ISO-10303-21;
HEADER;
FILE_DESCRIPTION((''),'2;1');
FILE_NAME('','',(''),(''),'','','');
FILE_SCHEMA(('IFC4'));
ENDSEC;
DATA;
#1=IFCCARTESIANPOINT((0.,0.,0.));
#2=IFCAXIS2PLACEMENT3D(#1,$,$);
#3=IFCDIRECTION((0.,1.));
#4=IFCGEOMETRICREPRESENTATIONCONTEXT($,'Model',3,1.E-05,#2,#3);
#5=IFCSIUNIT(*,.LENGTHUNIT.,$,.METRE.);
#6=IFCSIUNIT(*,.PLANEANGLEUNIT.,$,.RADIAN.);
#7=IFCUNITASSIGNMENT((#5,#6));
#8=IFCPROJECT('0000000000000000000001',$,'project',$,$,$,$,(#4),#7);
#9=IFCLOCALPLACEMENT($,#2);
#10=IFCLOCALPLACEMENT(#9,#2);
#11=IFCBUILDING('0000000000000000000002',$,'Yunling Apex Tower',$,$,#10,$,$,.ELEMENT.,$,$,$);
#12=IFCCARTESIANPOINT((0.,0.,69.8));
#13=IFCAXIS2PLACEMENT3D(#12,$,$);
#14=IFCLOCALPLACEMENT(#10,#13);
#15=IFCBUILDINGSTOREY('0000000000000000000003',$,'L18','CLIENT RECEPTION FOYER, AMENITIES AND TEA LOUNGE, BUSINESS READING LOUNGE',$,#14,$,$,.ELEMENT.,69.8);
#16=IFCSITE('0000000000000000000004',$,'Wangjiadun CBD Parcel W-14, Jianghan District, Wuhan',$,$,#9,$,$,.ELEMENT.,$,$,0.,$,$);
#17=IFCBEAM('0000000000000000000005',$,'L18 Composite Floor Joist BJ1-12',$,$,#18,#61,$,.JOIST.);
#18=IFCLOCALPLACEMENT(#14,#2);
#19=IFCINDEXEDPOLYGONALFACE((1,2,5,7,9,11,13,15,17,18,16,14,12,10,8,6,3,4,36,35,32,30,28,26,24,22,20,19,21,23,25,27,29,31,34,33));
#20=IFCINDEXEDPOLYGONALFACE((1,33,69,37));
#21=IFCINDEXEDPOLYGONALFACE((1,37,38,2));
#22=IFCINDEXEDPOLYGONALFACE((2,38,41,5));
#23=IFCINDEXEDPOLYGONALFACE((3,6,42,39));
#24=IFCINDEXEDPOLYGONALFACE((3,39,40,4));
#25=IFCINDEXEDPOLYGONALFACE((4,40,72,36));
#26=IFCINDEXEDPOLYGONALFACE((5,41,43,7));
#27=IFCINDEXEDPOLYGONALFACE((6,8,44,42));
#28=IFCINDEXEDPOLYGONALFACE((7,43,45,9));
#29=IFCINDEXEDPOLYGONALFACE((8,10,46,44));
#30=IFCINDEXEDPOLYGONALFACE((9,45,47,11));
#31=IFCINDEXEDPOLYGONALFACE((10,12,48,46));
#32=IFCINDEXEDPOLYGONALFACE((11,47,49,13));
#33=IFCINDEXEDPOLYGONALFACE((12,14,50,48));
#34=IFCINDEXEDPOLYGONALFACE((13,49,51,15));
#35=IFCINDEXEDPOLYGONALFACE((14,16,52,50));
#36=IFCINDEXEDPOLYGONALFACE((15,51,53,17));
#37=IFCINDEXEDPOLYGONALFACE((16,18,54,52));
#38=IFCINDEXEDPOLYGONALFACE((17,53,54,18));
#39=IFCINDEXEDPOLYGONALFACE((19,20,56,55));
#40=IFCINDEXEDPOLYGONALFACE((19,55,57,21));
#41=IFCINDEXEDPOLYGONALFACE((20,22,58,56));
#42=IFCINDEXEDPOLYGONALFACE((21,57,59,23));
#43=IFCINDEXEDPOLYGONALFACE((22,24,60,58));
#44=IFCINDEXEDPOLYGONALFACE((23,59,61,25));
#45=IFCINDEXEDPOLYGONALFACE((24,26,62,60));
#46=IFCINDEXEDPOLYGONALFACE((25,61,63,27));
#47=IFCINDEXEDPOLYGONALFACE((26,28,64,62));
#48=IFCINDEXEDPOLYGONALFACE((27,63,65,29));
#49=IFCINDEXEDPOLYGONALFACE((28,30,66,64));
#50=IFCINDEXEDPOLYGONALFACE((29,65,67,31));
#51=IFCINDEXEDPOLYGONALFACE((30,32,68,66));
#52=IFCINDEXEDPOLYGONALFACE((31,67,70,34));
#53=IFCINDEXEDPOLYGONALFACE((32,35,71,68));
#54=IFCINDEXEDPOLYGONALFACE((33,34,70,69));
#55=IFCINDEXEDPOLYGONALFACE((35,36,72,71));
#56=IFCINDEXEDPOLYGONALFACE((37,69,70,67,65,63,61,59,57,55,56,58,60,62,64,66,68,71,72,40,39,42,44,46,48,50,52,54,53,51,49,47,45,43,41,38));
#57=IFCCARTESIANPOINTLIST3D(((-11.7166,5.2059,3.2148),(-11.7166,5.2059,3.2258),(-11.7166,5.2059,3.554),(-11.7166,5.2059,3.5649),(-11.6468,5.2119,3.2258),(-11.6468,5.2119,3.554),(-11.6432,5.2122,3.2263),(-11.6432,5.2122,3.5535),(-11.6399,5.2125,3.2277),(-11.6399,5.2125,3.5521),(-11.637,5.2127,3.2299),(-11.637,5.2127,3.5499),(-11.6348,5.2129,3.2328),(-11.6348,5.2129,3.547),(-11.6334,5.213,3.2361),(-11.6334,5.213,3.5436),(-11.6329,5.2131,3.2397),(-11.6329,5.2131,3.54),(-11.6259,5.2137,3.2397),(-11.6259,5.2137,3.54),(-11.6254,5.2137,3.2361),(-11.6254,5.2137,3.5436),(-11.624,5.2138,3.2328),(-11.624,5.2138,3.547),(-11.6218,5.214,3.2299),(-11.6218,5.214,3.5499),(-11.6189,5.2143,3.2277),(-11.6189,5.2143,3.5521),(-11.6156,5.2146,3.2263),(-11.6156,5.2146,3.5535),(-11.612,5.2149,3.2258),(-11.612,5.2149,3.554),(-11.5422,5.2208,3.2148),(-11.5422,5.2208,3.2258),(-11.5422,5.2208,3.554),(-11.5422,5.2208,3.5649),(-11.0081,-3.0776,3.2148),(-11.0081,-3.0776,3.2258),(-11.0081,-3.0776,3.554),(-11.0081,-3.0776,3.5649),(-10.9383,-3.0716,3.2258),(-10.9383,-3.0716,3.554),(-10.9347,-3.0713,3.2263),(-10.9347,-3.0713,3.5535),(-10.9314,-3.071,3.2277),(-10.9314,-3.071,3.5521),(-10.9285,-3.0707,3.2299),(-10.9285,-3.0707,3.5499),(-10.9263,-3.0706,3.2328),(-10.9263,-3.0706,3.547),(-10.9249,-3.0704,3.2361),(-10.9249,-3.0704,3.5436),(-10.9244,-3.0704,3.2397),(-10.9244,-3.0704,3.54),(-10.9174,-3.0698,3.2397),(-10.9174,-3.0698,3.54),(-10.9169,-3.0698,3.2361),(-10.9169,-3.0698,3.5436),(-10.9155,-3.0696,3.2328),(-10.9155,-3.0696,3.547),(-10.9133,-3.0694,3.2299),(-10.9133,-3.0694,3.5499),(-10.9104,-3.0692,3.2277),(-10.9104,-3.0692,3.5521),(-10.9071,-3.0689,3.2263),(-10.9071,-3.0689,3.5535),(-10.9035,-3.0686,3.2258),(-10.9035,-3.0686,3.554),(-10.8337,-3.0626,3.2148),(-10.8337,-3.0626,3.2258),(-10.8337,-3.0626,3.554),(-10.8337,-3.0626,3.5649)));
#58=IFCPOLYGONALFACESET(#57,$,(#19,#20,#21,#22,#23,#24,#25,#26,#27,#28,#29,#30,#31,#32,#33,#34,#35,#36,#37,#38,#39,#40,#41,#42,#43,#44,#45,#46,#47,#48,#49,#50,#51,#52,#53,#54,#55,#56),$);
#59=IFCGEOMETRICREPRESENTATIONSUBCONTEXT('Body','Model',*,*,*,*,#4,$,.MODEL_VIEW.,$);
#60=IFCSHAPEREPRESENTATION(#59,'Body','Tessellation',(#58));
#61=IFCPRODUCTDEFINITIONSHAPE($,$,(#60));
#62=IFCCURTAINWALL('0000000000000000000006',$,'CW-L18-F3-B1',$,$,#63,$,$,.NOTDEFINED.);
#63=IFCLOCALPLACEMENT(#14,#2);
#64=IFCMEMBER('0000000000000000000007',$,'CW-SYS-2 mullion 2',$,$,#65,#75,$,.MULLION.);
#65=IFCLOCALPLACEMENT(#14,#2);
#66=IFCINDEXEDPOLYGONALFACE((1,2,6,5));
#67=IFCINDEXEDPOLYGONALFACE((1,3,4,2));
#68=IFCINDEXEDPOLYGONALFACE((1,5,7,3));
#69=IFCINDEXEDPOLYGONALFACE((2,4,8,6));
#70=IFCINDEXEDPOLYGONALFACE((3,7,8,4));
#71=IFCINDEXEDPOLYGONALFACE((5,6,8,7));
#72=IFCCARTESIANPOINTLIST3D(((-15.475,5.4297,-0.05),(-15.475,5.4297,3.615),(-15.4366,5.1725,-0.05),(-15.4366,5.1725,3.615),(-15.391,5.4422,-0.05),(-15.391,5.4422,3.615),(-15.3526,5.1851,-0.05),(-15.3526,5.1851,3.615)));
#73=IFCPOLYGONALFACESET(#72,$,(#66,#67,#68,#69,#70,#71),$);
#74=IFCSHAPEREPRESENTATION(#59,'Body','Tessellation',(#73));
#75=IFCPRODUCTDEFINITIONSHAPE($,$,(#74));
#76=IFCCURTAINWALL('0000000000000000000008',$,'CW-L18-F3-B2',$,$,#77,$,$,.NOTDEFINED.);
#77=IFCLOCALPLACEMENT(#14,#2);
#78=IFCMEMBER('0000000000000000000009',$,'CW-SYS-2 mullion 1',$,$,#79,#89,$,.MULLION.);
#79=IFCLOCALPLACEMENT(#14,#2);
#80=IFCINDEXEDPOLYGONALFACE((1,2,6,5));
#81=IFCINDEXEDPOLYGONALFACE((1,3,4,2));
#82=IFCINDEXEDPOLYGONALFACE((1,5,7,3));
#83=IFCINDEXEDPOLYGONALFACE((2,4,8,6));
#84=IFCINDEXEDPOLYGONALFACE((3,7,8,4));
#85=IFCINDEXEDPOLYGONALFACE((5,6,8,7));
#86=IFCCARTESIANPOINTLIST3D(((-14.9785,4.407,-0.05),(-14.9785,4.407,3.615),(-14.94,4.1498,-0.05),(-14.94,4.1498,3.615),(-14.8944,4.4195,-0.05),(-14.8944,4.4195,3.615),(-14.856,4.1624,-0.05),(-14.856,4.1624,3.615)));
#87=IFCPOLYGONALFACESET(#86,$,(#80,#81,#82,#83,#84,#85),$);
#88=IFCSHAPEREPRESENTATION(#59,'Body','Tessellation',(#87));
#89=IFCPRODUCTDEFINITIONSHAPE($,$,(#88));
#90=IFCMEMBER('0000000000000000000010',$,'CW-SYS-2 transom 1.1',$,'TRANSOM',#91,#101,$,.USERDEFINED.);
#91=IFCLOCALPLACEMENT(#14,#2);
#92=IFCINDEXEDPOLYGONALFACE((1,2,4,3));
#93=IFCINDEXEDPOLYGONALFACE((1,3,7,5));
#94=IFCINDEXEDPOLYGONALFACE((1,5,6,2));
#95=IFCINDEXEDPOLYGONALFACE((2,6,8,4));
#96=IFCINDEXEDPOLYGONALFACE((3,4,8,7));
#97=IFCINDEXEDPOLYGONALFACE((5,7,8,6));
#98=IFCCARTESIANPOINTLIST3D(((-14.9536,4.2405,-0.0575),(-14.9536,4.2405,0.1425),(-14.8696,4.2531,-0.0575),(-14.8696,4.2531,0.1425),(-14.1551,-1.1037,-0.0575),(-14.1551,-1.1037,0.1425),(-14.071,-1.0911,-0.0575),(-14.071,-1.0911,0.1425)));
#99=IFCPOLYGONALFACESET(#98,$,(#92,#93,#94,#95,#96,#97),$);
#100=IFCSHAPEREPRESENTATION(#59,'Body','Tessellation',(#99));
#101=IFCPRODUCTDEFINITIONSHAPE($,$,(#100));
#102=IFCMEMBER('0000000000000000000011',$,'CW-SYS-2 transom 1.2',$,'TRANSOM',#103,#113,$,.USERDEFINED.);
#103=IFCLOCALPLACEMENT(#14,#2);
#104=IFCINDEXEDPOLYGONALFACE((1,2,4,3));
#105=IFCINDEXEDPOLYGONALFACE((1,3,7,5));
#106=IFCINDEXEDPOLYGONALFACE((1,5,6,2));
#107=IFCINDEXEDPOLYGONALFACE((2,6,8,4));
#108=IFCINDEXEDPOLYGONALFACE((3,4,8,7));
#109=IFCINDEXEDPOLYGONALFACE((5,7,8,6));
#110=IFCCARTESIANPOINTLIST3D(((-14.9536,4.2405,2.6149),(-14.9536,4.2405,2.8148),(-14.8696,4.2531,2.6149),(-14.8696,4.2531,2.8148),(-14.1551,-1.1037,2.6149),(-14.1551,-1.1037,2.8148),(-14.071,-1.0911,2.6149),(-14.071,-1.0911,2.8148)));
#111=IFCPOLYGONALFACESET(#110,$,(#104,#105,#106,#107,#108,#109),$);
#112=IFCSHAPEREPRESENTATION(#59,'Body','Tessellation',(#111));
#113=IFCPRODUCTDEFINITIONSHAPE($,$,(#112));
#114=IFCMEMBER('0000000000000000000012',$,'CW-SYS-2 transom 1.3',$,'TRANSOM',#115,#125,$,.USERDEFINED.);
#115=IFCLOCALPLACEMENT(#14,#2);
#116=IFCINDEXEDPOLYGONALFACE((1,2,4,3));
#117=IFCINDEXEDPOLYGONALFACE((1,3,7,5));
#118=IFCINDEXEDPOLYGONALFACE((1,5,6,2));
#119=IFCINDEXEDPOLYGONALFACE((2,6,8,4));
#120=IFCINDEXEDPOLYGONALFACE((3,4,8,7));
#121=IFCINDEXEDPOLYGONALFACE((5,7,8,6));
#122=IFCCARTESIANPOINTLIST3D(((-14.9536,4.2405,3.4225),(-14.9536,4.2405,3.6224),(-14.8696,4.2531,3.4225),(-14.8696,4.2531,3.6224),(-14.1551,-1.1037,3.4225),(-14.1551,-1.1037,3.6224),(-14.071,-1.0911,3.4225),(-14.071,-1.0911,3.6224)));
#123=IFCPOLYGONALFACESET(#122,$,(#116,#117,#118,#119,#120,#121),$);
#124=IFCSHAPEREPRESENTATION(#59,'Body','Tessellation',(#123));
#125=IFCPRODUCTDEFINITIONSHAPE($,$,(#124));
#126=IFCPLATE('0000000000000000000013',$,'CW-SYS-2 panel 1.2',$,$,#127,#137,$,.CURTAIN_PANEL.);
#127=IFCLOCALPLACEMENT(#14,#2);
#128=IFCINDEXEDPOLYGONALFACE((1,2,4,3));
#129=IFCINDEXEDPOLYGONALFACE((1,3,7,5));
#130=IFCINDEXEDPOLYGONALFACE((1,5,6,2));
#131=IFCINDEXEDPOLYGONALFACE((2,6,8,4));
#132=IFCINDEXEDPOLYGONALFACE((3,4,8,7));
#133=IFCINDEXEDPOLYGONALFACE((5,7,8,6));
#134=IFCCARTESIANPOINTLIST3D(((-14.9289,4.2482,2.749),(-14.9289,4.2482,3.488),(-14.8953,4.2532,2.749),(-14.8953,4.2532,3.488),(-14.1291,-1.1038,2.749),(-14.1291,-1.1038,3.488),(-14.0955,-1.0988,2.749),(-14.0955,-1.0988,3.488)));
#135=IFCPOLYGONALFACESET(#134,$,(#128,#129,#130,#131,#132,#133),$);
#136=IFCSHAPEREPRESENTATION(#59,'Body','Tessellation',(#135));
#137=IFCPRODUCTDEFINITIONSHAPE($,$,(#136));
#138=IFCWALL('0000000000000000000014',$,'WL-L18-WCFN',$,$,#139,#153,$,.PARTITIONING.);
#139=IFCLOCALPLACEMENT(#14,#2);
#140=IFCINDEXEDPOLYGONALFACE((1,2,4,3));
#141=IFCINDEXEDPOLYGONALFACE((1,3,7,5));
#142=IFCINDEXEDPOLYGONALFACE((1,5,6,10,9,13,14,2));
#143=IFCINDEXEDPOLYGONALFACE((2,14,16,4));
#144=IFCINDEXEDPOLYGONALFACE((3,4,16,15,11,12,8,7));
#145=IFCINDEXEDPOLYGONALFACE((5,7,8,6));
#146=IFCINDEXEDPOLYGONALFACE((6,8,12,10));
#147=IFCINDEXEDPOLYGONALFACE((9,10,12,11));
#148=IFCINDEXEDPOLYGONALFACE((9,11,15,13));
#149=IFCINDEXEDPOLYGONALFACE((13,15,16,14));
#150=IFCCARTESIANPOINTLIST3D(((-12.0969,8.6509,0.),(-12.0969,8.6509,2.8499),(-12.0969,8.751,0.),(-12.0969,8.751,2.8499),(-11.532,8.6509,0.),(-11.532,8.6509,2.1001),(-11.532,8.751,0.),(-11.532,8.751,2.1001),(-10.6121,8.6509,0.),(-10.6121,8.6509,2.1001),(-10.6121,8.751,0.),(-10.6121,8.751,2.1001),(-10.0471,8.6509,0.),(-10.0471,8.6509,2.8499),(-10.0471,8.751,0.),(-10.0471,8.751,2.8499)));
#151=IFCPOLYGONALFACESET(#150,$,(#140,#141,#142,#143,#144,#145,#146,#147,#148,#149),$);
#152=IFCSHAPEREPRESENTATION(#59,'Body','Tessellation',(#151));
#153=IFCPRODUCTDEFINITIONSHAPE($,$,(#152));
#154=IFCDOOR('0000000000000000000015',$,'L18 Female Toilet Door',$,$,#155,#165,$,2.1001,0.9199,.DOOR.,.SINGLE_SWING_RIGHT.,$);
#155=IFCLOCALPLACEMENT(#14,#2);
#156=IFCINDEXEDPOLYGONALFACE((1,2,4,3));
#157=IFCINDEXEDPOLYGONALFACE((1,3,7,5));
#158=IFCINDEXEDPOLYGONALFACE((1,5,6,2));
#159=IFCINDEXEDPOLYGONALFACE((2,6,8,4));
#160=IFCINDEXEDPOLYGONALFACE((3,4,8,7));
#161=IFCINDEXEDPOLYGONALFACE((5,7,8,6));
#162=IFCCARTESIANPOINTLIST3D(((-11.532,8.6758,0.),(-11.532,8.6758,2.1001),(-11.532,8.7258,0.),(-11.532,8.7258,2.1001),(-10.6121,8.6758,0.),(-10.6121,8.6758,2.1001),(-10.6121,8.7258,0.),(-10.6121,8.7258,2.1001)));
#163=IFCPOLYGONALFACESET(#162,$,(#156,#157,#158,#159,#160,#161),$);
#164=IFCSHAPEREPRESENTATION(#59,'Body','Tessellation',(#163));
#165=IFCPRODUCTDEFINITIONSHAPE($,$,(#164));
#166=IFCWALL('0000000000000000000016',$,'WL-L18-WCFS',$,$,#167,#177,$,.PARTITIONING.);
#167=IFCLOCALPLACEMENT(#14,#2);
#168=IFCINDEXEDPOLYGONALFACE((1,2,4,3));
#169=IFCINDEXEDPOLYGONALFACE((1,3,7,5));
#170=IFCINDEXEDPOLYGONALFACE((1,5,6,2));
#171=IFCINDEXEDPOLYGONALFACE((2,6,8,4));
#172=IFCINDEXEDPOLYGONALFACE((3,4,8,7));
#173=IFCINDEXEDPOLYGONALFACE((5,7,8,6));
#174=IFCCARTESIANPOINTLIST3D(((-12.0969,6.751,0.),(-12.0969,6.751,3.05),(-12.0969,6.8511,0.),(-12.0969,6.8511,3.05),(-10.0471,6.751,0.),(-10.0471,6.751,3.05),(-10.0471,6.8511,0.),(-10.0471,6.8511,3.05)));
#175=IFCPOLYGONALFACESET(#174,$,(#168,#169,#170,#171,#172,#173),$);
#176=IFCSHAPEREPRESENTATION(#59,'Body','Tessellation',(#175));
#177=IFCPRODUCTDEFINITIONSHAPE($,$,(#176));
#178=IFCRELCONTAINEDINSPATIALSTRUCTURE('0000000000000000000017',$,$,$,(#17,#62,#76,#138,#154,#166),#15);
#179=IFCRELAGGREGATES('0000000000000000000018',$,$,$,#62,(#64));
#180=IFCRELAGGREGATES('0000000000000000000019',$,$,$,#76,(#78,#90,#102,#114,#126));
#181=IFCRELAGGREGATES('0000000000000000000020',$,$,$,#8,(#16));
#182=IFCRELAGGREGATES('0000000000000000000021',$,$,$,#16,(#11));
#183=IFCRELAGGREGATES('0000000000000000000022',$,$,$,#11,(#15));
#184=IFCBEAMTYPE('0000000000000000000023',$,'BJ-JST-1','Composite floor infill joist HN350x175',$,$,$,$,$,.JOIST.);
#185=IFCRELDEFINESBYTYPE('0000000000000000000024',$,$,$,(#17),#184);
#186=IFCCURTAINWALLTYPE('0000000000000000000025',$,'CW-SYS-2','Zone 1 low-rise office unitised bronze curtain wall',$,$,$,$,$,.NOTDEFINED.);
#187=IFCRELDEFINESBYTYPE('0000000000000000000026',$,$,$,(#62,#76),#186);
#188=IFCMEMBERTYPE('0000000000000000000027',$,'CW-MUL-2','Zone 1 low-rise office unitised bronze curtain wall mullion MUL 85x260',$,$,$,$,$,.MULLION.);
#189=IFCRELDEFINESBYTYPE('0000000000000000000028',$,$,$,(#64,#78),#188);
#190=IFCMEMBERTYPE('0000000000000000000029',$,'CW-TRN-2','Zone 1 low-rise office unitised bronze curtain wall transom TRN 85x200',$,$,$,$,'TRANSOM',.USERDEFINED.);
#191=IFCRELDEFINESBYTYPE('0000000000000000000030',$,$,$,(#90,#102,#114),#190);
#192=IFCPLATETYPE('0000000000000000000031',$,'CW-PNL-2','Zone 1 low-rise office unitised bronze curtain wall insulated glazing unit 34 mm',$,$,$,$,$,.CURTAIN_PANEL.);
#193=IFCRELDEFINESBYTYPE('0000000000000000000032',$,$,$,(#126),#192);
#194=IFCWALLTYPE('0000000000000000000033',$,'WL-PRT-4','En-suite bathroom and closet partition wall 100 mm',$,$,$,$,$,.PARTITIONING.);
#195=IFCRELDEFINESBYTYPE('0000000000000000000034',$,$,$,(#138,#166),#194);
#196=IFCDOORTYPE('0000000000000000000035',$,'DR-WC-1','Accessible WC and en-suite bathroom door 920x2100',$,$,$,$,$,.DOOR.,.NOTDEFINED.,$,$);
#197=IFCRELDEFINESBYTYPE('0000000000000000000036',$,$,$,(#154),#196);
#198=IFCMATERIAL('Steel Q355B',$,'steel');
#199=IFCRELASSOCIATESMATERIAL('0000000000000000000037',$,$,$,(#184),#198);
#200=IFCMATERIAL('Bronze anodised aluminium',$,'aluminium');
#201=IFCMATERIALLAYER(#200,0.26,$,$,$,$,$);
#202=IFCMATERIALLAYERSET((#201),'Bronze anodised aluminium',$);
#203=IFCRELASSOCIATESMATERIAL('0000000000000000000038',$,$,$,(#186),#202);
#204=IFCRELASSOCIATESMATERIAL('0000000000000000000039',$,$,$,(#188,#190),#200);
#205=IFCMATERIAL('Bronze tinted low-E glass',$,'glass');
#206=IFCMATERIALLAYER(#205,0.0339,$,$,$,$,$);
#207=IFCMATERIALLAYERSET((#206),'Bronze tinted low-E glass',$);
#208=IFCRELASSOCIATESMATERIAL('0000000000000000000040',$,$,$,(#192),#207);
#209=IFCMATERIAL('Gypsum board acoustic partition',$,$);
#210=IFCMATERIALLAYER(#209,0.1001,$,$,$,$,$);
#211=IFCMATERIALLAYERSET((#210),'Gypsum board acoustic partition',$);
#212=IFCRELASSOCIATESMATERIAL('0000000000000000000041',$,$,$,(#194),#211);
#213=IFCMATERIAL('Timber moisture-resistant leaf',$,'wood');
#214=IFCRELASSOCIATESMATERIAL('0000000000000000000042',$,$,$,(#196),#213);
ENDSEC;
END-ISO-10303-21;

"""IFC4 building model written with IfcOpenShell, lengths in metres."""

from ifc_helpers import new_model, si_unit, direction, frame, frame_2d, origin, origin_2d, place, context, subcontext, project, spatial, rectangle, i_section, extrude, source, transform, mapped, material, layer, layer_set, material_profile, profile_set, type_object, element, fill, aggregate, save


model = new_model("IFC4")

# Units and contexts
model_context = context("Model", 3, precision=1e-05, world=origin(), true_north=direction((0.0, 1.0)))
body_context = subcontext(model_context, "Body", "Model", "MODEL_VIEW")
ifc_project = project(units=[si_unit("LENGTHUNIT", "METRE"), si_unit("PLANEANGLEUNIT", "RADIAN")], contexts=[model_context])

# Site, building, storey
site_placement = place(None, origin())
site = spatial("IfcSite", under=ifc_project, at=site_placement, Name="Wangjiadun CBD Parcel W-14, Jianghan District, Wuhan", CompositionType="ELEMENT", RefElevation=0.0)
building_placement = place(site_placement, origin())
building = spatial("IfcBuilding", under=site, at=building_placement, Name="Yunling Apex Tower", CompositionType="ELEMENT")
storey_placement = place(building_placement, frame((0.0, 0.0, 69.8)))
storey = spatial("IfcBuildingStorey", under=building, at=storey_placement, Name="L18", Description="CLIENT RECEPTION FOYER, AMENITIES AND TEA LOUNGE, BUSINESS READING LOUNGE", CompositionType="ELEMENT", Elevation=69.8)

# Beam
ifc_material_1 = material(Name="Steel Q355B", Category="steel")
ifc_material_profile_1 = material_profile(ifc_material_1, i_section(OverallWidth=0.175, OverallDepth=0.3501, WebThickness=0.0071, FlangeThickness=0.011, FilletRadius=0.0139, at=origin_2d()))
ifc_profile_set_1 = profile_set([ifc_material_profile_1], Name="Steel Q355B")
beam_type_1 = type_object("IfcBeamType", Name="BJ-JST-1", Description="Composite floor infill joist HN350x175", PredefinedType="JOIST", material=ifc_profile_set_1)
shared_shape_1 = source(origin(), body_context, "Body", "SweptSolid", [
    extrude(i_section(OverallWidth=0.175, OverallDepth=0.3501, WebThickness=0.0071, FlangeThickness=0.011, FilletRadius=0.0139, at=origin_2d()), origin(), (0.0, 0.0, 1.0), 8.3137),
])
beam_1_placement = place(storey_placement, frame((-11.6294, 5.2134, 3.3899), z_axis=(0.08522, -0.996362, 0.0), x_axis=(0.996362, 0.08522, 0.0)))
element("IfcBeam", 1, at=beam_1_placement, inside=storey, type_object=beam_type_1, Name="L18 Composite Floor Joist BJ1-12", PredefinedType="JOIST", context=body_context, shape_type="MappedRepresentation", body=[
    mapped(shared_shape_1, transform((0.0, 0.0, 0.0), scale=1.0)),
])

# Curtain wall, member
ifc_material_2 = material(Name="Bronze anodised aluminium", Category="aluminium")
ifc_layer_1 = layer(ifc_material_2, 0.26)
ifc_layer_set_1 = layer_set([ifc_layer_1], Name="Bronze anodised aluminium")
curtain_wall_type = type_object("IfcCurtainWallType", Name="CW-SYS-2", Description="Zone 1 low-rise office unitised bronze curtain wall", PredefinedType="NOTDEFINED", material=ifc_layer_set_1)
curtain_wall_1_placement = place(storey_placement, origin())
curtain_wall_1 = element("IfcCurtainWall", 2, at=curtain_wall_1_placement, inside=storey, type_object=curtain_wall_type, Name="CW-L18-F3-B1", PredefinedType="NOTDEFINED")
ifc_material_profile_2 = material_profile(ifc_material_2, rectangle(XDim=0.085, YDim=0.26, at=origin_2d()))
ifc_profile_set_2 = profile_set([ifc_material_profile_2], Name="Bronze anodised aluminium")
member_type_1 = type_object("IfcMemberType", Name="CW-MUL-2", Description="Zone 1 low-rise office unitised bronze curtain wall mullion MUL 85x260", PredefinedType="MULLION", material=ifc_profile_set_2)
shared_shape_2 = source(origin(), body_context, "Body", "SweptSolid", [
    extrude(rectangle(XDim=0.085, YDim=0.26, at=origin_2d()), origin(), (0.0, 0.0, 1.0), 3.665),
])
member_1_placement = place(storey_placement, frame((-15.4138, 5.3074, -0.05), z_axis=(0.0, 0.0, 1.0), x_axis=(0.989017, 0.147799, 0.0)))
member_1 = element("IfcMember", 3, at=member_1_placement, type_object=member_type_1, Name="CW-SYS-2 mullion 2", PredefinedType="MULLION", context=body_context, shape_type="MappedRepresentation", body=[
    mapped(shared_shape_2, transform((0.0, 0.0, 0.0), scale=1.0)),
])
aggregate(curtain_wall_1, [member_1])

# Curtain wall, members, plate
curtain_wall_2_placement = place(storey_placement, origin())
curtain_wall_2 = element("IfcCurtainWall", 4, at=curtain_wall_2_placement, inside=storey, type_object=curtain_wall_type, Name="CW-L18-F3-B2", PredefinedType="NOTDEFINED")
member_2_placement = place(storey_placement, frame((-14.9172, 4.2847, -0.05), z_axis=(0.0, 0.0, 1.0), x_axis=(0.989017, 0.147801, 0.0)))
member_2 = element("IfcMember", 5, at=member_2_placement, type_object=member_type_1, Name="CW-SYS-2 mullion 1", PredefinedType="MULLION", context=body_context, shape_type="MappedRepresentation", body=[
    mapped(shared_shape_2, transform((0.0, 0.0, 0.0), scale=1.0)),
])
ifc_material_profile_3 = material_profile(ifc_material_2, rectangle(XDim=0.085, YDim=0.2, at=origin_2d()))
ifc_profile_set_3 = profile_set([ifc_material_profile_3], Name="Bronze anodised aluminium")
member_type_2 = type_object("IfcMemberType", Name="CW-TRN-2", Description="Zone 1 low-rise office unitised bronze curtain wall transom TRN 85x200", ElementType="TRANSOM", PredefinedType="USERDEFINED", material=ifc_profile_set_3)
shared_shape_3 = source(origin(), body_context, "Body", "SweptSolid", [
    extrude(rectangle(XDim=0.085, YDim=0.2, at=origin_2d()), origin(), (0.0, 0.0, 1.0), 5.4036),
])
member_3_placement = place(storey_placement, frame((-14.9116, 4.2468, 0.0425), z_axis=(0.147788, -0.989019, 0.0), x_axis=(0.989019, 0.147788, 0.0)))
member_3 = element("IfcMember", 6, at=member_3_placement, type_object=member_type_2, Name="CW-SYS-2 transom 1.1", ObjectType="TRANSOM", PredefinedType="USERDEFINED", context=body_context, shape_type="MappedRepresentation", body=[
    mapped(shared_shape_3, transform((0.0, 0.0, 0.0), scale=1.0)),
])
member_4_placement = place(storey_placement, frame((-14.9116, 4.2468, 2.7148), z_axis=(0.147788, -0.989019, 0.0), x_axis=(0.989019, 0.147788, 0.0)))
member_4 = element("IfcMember", 7, at=member_4_placement, type_object=member_type_2, Name="CW-SYS-2 transom 1.2", ObjectType="TRANSOM", PredefinedType="USERDEFINED", context=body_context, shape_type="MappedRepresentation", body=[
    mapped(shared_shape_3, transform((0.0, 0.0, 0.0), scale=1.0)),
])
member_5_placement = place(storey_placement, frame((-14.9116, 4.2468, 3.5225), z_axis=(0.147788, -0.989019, 0.0), x_axis=(0.989019, 0.147788, 0.0)))
member_5 = element("IfcMember", 8, at=member_5_placement, type_object=member_type_2, Name="CW-SYS-2 transom 1.3", ObjectType="TRANSOM", PredefinedType="USERDEFINED", context=body_context, shape_type="MappedRepresentation", body=[
    mapped(shared_shape_3, transform((0.0, 0.0, 0.0), scale=1.0)),
])
ifc_material_3 = material(Name="Bronze tinted low-E glass", Category="glass")
ifc_layer_2 = layer(ifc_material_3, 0.0339)
ifc_layer_set_2 = layer_set([ifc_layer_2], Name="Bronze tinted low-E glass")
plate_type = type_object("IfcPlateType", Name="CW-PNL-2", Description="Zone 1 low-rise office unitised bronze curtain wall insulated glazing unit 34 mm", PredefinedType="CURTAIN_PANEL", material=ifc_layer_set_2)
shared_shape_4 = source(origin(), body_context, "Body", "SweptSolid", [
    extrude(rectangle(XDim=5.4114, YDim=0.0339, at=origin_2d()), origin(), (0.0, 0.0, 1.0), 0.739),
])
plate_placement = place(storey_placement, frame((-14.5122, 1.5747, 2.749), z_axis=(0.0, 0.0, 1.0), x_axis=(0.147801, -0.989017, 0.0)))
plate = element("IfcPlate", 9, at=plate_placement, type_object=plate_type, Name="CW-SYS-2 panel 1.2", PredefinedType="CURTAIN_PANEL", context=body_context, shape_type="MappedRepresentation", body=[
    mapped(shared_shape_4, transform((0.0, 0.0, 0.0), scale=1.0)),
])
aggregate(curtain_wall_2, [member_2, member_3, member_4, member_5, plate])

# Wall, opening, door
ifc_material_4 = material(Name="Gypsum board acoustic partition")
ifc_layer_3 = layer(ifc_material_4, 0.1001)
ifc_layer_set_3 = layer_set([ifc_layer_3], Name="Gypsum board acoustic partition")
wall_type = type_object("IfcWallType", Name="WL-PRT-4", Description="En-suite bathroom and closet partition wall 100 mm", PredefinedType="PARTITIONING", material=ifc_layer_set_3)
wall_1_placement = place(storey_placement, frame((-12.0969, 8.7009, 0.0), z_axis=(0.0, 0.0, 1.0), x_axis=(1.0, 0.0, 0.0)))
wall_1 = element("IfcWall", 10, at=wall_1_placement, inside=storey, type_object=wall_type, Name="WL-L18-WCFN", PredefinedType="PARTITIONING", context=body_context, shape_type="SweptSolid", body=[
    extrude(rectangle(XDim=2.0498, YDim=0.1001, at=frame_2d((1.0249, 0.0))), origin(), (0.0, 0.0, 1.0), 2.8499),
])
opening_placement = place(wall_1_placement, frame((0.5649, 0.0, 0.0)))
opening = element("IfcOpeningElement", 11, at=opening_placement, cuts=wall_1, PredefinedType="OPENING", context=body_context, shape_type="SweptSolid", body=[
    extrude(rectangle(XDim=0.9199, YDim=2.1001, at=frame_2d((0.46, 1.05))), frame((0.0, 0.0601, 0.0), z_axis=(0.0, -1.0, 0.0), x_axis=(1.0, 0.0, 0.0)), (0.0, 0.0, 1.0), 0.1201),
])
ifc_material_5 = material(Name="Timber moisture-resistant leaf", Category="wood")
door_type = type_object("IfcDoorType", Name="DR-WC-1", Description="Accessible WC and en-suite bathroom door 920x2100", OperationType="NOTDEFINED", PredefinedType="DOOR", material=ifc_material_5)
door_placement = place(opening_placement, origin())
door = element("IfcDoor", 12, at=door_placement, inside=storey, type_object=door_type, Name="L18 Female Toilet Door", OperationType="SINGLE_SWING_RIGHT", OverallHeight=2.1001, OverallWidth=0.9199, PredefinedType="DOOR", context=body_context, shape_type="SweptSolid", body=[
    extrude(rectangle(XDim=0.9199, YDim=2.1001, at=frame_2d((0.46, 1.05))), frame((0.0, 0.0249, 0.0), z_axis=(0.0, -1.0, 0.0), x_axis=(1.0, 0.0, 0.0)), (0.0, 0.0, 1.0), 0.05),
])
fill(opening, door)

# Wall
wall_2_placement = place(storey_placement, frame((-10.0471, 6.801, 0.0), z_axis=(0.0, 0.0, 1.0), x_axis=(-1.0, 0.0, 0.0)))
element("IfcWall", 13, at=wall_2_placement, inside=storey, type_object=wall_type, Name="WL-L18-WCFS", PredefinedType="PARTITIONING", context=body_context, shape_type="SweptSolid", body=[
    extrude(rectangle(XDim=2.0498, YDim=0.1001, at=frame_2d((1.0249, 0.0))), origin(), (0.0, 0.0, 1.0), 3.05),
])

save(model, "model.ifc")
